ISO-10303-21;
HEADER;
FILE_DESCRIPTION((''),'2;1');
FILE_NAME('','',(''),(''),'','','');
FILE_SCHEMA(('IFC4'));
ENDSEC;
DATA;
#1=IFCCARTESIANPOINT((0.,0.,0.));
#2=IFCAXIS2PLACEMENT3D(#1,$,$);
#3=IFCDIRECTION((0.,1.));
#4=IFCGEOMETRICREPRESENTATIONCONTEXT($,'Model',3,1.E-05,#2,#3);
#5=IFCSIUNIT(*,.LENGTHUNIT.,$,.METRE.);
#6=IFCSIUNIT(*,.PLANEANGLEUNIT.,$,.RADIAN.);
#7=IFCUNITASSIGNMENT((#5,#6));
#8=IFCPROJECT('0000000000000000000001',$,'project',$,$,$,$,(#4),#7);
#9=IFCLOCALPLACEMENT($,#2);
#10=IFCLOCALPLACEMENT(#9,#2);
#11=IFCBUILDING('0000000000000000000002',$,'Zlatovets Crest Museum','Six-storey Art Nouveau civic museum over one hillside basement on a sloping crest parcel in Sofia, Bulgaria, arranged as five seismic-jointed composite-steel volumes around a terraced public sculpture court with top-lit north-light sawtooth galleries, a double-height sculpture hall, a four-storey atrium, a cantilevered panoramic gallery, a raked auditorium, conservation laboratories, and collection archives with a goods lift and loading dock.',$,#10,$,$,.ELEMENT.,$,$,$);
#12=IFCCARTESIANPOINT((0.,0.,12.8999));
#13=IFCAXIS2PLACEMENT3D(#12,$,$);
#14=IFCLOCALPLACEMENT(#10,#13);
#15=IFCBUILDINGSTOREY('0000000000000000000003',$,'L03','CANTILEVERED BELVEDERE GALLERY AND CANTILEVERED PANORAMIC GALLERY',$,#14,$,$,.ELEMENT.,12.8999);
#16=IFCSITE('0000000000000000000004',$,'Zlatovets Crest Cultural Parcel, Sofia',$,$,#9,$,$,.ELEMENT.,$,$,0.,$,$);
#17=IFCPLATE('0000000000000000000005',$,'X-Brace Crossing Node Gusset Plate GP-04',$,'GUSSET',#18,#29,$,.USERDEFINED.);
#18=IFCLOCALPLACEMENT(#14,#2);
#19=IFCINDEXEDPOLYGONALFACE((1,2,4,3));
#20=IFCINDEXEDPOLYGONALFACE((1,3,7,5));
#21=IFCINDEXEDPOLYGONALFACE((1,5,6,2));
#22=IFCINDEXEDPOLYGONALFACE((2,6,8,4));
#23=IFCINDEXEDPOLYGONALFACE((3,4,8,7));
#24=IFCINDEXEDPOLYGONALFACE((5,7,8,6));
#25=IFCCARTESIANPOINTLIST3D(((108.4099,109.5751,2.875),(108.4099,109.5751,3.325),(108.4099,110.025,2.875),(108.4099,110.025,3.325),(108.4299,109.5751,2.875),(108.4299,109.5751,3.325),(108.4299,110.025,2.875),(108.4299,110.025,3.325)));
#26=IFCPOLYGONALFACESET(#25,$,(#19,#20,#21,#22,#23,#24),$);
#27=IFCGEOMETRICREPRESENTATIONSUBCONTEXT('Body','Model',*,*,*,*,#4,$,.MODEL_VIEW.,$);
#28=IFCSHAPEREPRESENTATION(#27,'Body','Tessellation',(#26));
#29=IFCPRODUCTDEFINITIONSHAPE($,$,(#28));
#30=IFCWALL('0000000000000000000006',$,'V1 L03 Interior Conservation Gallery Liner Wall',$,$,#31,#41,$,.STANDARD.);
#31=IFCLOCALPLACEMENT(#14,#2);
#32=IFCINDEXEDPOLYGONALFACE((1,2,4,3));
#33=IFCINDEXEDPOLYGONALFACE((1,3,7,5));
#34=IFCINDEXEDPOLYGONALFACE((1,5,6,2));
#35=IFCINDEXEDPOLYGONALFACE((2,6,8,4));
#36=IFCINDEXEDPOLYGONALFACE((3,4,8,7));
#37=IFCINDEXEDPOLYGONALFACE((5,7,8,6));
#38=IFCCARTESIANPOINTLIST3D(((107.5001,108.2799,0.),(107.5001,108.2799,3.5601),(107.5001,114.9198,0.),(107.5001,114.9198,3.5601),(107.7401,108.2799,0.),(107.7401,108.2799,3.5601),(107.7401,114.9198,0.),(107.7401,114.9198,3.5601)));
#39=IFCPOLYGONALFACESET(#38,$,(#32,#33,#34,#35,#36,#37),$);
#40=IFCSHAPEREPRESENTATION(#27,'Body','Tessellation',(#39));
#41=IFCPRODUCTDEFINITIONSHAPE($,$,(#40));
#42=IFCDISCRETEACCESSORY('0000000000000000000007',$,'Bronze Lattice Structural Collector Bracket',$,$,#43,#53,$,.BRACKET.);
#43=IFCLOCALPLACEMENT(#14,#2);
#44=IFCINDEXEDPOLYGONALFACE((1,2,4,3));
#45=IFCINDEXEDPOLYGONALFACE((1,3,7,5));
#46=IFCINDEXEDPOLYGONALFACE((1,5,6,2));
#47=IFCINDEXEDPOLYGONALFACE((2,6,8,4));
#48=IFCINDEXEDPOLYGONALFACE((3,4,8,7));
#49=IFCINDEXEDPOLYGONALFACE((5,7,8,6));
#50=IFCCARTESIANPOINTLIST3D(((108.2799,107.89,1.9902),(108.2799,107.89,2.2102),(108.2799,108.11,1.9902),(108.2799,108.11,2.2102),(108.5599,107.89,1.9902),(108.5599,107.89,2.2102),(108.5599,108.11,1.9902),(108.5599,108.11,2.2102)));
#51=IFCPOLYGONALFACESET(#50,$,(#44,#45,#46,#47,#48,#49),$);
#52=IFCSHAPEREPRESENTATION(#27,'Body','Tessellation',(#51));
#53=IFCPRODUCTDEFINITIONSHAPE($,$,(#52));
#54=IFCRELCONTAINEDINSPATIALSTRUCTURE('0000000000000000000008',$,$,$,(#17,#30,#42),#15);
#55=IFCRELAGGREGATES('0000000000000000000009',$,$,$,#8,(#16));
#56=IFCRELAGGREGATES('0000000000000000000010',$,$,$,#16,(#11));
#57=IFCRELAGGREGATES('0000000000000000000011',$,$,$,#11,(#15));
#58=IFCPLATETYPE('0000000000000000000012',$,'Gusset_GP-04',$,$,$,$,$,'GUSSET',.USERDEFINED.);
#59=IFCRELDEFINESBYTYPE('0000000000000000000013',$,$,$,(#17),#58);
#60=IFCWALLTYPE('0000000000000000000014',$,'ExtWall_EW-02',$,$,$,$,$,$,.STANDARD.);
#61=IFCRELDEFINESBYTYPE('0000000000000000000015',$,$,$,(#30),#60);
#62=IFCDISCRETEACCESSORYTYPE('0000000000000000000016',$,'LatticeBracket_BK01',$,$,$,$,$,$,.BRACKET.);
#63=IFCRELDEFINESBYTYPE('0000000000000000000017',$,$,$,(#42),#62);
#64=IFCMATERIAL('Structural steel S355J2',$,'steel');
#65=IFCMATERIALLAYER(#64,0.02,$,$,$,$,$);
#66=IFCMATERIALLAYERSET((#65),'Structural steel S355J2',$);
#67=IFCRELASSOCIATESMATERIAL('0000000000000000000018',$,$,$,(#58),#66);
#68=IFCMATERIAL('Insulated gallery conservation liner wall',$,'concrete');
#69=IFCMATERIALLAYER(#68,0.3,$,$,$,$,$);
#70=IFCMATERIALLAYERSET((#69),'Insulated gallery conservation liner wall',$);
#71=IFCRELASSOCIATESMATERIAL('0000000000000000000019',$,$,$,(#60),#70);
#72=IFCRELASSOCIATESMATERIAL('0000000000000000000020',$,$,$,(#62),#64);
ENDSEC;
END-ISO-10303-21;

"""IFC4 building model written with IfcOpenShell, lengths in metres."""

from ifc_helpers import new_model, si_unit, direction, frame, frame_2d, origin, origin_2d, place, context, subcontext, project, spatial, rectangle, extrude, material, layer, layer_set, type_object, element, save


model = new_model("IFC4")

# Units and contexts
model_context = context("Model", 3, precision=1e-05, world=origin(), true_north=direction((0.0, 1.0)))
body_context = subcontext(model_context, "Body", "Model", "MODEL_VIEW")
ifc_project = project(units=[si_unit("LENGTHUNIT", "METRE"), si_unit("PLANEANGLEUNIT", "RADIAN")], contexts=[model_context])

# Site, building, storey
site_placement = place(None, origin())
site = spatial("IfcSite", under=ifc_project, at=site_placement, Name="Zlatovets Crest Cultural Parcel, Sofia", CompositionType="ELEMENT", RefElevation=0.0)
building_placement = place(site_placement, origin())
building = spatial("IfcBuilding", under=site, at=building_placement, Name="Zlatovets Crest Museum", Description="Six-storey Art Nouveau civic museum over one hillside basement on a sloping crest parcel in Sofia, Bulgaria, arranged as five seismic-jointed composite-steel volumes around a terraced public sculpture court with top-lit north-light sawtooth galleries, a double-height sculpture hall, a four-storey atrium, a cantilevered panoramic gallery, a raked auditorium, conservation laboratories, and collection archives with a goods lift and loading dock.", CompositionType="ELEMENT")
storey_placement = place(building_placement, frame((0.0, 0.0, 12.8999)))
storey = spatial("IfcBuildingStorey", under=building, at=storey_placement, Name="L03", Description="CANTILEVERED BELVEDERE GALLERY AND CANTILEVERED PANORAMIC GALLERY", CompositionType="ELEMENT", Elevation=12.8999)

# Shared definitions
ifc_material_1 = material(Name="Structural steel S355J2", Category="steel")

# Plate
ifc_layer_1 = layer(ifc_material_1, 0.02)
ifc_layer_set_1 = layer_set([ifc_layer_1], Name="Structural steel S355J2")
plate_type_1 = type_object("IfcPlateType", Name="Gusset_GP-04", ElementType="GUSSET", PredefinedType="USERDEFINED", material=ifc_layer_set_1)
for number, where, z_axis, x_axis, name in (
    (1, (108.4199, 109.8, 2.875), (0.0, 0.0, 1.0), (1.0, 0.0, 0.0), "X-Brace Crossing Node Gusset Plate GP-04"),
):
    element("IfcPlate", number, at=place(storey_placement, frame(where, z_axis=z_axis, x_axis=x_axis)), inside=storey, type_object=plate_type_1, Name=name, ObjectType="GUSSET", PredefinedType="USERDEFINED", context=body_context, shape_type="SweptSolid", body=[
        extrude(rectangle(XDim=0.02, YDim=0.45, at=origin_2d()), origin(), (0.0, 0.0, 1.0), 0.45),
    ])

# Wall
ifc_material_2 = material(Name="Insulated gallery conservation liner wall", Category="concrete")
ifc_layer_2 = layer(ifc_material_2, 0.3)
ifc_layer_set_2 = layer_set([ifc_layer_2], Name="Insulated gallery conservation liner wall")
wall_type = type_object("IfcWallType", Name="ExtWall_EW-02", PredefinedType="STANDARD", material=ifc_layer_set_2)
wall_placement = place(storey_placement, frame((107.6201, 108.28, 0.0), z_axis=(0.0, 0.0, 1.0), x_axis=(0.0, 1.0, 0.0)))
element("IfcWall", 2, at=wall_placement, inside=storey, type_object=wall_type, Name="V1 L03 Interior Conservation Gallery Liner Wall", PredefinedType="STANDARD", context=body_context, shape_type="SweptSolid", body=[
    extrude(rectangle(XDim=6.6399, YDim=0.24, at=frame_2d((3.3198, 0.0))), origin(), (0.0, 0.0, 1.0), 3.5601),
])

# Discrete accessory
discrete_accessory_type = type_object("IfcDiscreteAccessoryType", Name="LatticeBracket_BK01", PredefinedType="BRACKET", material=ifc_material_1)
discrete_accessory_placement = place(storey_placement, frame((108.4199, 108.0, 1.9902), z_axis=(0.0, 0.0, 1.0), x_axis=(1.0, 0.0, 0.0)))
element("IfcDiscreteAccessory", 3, at=discrete_accessory_placement, inside=storey, type_object=discrete_accessory_type, Name="Bronze Lattice Structural Collector Bracket", PredefinedType="BRACKET", context=body_context, shape_type="SweptSolid", body=[
    extrude(rectangle(XDim=0.28, YDim=0.22, at=origin_2d()), origin(), (0.0, 0.0, 1.0), 0.22),
])

save(model, "model.ifc")
